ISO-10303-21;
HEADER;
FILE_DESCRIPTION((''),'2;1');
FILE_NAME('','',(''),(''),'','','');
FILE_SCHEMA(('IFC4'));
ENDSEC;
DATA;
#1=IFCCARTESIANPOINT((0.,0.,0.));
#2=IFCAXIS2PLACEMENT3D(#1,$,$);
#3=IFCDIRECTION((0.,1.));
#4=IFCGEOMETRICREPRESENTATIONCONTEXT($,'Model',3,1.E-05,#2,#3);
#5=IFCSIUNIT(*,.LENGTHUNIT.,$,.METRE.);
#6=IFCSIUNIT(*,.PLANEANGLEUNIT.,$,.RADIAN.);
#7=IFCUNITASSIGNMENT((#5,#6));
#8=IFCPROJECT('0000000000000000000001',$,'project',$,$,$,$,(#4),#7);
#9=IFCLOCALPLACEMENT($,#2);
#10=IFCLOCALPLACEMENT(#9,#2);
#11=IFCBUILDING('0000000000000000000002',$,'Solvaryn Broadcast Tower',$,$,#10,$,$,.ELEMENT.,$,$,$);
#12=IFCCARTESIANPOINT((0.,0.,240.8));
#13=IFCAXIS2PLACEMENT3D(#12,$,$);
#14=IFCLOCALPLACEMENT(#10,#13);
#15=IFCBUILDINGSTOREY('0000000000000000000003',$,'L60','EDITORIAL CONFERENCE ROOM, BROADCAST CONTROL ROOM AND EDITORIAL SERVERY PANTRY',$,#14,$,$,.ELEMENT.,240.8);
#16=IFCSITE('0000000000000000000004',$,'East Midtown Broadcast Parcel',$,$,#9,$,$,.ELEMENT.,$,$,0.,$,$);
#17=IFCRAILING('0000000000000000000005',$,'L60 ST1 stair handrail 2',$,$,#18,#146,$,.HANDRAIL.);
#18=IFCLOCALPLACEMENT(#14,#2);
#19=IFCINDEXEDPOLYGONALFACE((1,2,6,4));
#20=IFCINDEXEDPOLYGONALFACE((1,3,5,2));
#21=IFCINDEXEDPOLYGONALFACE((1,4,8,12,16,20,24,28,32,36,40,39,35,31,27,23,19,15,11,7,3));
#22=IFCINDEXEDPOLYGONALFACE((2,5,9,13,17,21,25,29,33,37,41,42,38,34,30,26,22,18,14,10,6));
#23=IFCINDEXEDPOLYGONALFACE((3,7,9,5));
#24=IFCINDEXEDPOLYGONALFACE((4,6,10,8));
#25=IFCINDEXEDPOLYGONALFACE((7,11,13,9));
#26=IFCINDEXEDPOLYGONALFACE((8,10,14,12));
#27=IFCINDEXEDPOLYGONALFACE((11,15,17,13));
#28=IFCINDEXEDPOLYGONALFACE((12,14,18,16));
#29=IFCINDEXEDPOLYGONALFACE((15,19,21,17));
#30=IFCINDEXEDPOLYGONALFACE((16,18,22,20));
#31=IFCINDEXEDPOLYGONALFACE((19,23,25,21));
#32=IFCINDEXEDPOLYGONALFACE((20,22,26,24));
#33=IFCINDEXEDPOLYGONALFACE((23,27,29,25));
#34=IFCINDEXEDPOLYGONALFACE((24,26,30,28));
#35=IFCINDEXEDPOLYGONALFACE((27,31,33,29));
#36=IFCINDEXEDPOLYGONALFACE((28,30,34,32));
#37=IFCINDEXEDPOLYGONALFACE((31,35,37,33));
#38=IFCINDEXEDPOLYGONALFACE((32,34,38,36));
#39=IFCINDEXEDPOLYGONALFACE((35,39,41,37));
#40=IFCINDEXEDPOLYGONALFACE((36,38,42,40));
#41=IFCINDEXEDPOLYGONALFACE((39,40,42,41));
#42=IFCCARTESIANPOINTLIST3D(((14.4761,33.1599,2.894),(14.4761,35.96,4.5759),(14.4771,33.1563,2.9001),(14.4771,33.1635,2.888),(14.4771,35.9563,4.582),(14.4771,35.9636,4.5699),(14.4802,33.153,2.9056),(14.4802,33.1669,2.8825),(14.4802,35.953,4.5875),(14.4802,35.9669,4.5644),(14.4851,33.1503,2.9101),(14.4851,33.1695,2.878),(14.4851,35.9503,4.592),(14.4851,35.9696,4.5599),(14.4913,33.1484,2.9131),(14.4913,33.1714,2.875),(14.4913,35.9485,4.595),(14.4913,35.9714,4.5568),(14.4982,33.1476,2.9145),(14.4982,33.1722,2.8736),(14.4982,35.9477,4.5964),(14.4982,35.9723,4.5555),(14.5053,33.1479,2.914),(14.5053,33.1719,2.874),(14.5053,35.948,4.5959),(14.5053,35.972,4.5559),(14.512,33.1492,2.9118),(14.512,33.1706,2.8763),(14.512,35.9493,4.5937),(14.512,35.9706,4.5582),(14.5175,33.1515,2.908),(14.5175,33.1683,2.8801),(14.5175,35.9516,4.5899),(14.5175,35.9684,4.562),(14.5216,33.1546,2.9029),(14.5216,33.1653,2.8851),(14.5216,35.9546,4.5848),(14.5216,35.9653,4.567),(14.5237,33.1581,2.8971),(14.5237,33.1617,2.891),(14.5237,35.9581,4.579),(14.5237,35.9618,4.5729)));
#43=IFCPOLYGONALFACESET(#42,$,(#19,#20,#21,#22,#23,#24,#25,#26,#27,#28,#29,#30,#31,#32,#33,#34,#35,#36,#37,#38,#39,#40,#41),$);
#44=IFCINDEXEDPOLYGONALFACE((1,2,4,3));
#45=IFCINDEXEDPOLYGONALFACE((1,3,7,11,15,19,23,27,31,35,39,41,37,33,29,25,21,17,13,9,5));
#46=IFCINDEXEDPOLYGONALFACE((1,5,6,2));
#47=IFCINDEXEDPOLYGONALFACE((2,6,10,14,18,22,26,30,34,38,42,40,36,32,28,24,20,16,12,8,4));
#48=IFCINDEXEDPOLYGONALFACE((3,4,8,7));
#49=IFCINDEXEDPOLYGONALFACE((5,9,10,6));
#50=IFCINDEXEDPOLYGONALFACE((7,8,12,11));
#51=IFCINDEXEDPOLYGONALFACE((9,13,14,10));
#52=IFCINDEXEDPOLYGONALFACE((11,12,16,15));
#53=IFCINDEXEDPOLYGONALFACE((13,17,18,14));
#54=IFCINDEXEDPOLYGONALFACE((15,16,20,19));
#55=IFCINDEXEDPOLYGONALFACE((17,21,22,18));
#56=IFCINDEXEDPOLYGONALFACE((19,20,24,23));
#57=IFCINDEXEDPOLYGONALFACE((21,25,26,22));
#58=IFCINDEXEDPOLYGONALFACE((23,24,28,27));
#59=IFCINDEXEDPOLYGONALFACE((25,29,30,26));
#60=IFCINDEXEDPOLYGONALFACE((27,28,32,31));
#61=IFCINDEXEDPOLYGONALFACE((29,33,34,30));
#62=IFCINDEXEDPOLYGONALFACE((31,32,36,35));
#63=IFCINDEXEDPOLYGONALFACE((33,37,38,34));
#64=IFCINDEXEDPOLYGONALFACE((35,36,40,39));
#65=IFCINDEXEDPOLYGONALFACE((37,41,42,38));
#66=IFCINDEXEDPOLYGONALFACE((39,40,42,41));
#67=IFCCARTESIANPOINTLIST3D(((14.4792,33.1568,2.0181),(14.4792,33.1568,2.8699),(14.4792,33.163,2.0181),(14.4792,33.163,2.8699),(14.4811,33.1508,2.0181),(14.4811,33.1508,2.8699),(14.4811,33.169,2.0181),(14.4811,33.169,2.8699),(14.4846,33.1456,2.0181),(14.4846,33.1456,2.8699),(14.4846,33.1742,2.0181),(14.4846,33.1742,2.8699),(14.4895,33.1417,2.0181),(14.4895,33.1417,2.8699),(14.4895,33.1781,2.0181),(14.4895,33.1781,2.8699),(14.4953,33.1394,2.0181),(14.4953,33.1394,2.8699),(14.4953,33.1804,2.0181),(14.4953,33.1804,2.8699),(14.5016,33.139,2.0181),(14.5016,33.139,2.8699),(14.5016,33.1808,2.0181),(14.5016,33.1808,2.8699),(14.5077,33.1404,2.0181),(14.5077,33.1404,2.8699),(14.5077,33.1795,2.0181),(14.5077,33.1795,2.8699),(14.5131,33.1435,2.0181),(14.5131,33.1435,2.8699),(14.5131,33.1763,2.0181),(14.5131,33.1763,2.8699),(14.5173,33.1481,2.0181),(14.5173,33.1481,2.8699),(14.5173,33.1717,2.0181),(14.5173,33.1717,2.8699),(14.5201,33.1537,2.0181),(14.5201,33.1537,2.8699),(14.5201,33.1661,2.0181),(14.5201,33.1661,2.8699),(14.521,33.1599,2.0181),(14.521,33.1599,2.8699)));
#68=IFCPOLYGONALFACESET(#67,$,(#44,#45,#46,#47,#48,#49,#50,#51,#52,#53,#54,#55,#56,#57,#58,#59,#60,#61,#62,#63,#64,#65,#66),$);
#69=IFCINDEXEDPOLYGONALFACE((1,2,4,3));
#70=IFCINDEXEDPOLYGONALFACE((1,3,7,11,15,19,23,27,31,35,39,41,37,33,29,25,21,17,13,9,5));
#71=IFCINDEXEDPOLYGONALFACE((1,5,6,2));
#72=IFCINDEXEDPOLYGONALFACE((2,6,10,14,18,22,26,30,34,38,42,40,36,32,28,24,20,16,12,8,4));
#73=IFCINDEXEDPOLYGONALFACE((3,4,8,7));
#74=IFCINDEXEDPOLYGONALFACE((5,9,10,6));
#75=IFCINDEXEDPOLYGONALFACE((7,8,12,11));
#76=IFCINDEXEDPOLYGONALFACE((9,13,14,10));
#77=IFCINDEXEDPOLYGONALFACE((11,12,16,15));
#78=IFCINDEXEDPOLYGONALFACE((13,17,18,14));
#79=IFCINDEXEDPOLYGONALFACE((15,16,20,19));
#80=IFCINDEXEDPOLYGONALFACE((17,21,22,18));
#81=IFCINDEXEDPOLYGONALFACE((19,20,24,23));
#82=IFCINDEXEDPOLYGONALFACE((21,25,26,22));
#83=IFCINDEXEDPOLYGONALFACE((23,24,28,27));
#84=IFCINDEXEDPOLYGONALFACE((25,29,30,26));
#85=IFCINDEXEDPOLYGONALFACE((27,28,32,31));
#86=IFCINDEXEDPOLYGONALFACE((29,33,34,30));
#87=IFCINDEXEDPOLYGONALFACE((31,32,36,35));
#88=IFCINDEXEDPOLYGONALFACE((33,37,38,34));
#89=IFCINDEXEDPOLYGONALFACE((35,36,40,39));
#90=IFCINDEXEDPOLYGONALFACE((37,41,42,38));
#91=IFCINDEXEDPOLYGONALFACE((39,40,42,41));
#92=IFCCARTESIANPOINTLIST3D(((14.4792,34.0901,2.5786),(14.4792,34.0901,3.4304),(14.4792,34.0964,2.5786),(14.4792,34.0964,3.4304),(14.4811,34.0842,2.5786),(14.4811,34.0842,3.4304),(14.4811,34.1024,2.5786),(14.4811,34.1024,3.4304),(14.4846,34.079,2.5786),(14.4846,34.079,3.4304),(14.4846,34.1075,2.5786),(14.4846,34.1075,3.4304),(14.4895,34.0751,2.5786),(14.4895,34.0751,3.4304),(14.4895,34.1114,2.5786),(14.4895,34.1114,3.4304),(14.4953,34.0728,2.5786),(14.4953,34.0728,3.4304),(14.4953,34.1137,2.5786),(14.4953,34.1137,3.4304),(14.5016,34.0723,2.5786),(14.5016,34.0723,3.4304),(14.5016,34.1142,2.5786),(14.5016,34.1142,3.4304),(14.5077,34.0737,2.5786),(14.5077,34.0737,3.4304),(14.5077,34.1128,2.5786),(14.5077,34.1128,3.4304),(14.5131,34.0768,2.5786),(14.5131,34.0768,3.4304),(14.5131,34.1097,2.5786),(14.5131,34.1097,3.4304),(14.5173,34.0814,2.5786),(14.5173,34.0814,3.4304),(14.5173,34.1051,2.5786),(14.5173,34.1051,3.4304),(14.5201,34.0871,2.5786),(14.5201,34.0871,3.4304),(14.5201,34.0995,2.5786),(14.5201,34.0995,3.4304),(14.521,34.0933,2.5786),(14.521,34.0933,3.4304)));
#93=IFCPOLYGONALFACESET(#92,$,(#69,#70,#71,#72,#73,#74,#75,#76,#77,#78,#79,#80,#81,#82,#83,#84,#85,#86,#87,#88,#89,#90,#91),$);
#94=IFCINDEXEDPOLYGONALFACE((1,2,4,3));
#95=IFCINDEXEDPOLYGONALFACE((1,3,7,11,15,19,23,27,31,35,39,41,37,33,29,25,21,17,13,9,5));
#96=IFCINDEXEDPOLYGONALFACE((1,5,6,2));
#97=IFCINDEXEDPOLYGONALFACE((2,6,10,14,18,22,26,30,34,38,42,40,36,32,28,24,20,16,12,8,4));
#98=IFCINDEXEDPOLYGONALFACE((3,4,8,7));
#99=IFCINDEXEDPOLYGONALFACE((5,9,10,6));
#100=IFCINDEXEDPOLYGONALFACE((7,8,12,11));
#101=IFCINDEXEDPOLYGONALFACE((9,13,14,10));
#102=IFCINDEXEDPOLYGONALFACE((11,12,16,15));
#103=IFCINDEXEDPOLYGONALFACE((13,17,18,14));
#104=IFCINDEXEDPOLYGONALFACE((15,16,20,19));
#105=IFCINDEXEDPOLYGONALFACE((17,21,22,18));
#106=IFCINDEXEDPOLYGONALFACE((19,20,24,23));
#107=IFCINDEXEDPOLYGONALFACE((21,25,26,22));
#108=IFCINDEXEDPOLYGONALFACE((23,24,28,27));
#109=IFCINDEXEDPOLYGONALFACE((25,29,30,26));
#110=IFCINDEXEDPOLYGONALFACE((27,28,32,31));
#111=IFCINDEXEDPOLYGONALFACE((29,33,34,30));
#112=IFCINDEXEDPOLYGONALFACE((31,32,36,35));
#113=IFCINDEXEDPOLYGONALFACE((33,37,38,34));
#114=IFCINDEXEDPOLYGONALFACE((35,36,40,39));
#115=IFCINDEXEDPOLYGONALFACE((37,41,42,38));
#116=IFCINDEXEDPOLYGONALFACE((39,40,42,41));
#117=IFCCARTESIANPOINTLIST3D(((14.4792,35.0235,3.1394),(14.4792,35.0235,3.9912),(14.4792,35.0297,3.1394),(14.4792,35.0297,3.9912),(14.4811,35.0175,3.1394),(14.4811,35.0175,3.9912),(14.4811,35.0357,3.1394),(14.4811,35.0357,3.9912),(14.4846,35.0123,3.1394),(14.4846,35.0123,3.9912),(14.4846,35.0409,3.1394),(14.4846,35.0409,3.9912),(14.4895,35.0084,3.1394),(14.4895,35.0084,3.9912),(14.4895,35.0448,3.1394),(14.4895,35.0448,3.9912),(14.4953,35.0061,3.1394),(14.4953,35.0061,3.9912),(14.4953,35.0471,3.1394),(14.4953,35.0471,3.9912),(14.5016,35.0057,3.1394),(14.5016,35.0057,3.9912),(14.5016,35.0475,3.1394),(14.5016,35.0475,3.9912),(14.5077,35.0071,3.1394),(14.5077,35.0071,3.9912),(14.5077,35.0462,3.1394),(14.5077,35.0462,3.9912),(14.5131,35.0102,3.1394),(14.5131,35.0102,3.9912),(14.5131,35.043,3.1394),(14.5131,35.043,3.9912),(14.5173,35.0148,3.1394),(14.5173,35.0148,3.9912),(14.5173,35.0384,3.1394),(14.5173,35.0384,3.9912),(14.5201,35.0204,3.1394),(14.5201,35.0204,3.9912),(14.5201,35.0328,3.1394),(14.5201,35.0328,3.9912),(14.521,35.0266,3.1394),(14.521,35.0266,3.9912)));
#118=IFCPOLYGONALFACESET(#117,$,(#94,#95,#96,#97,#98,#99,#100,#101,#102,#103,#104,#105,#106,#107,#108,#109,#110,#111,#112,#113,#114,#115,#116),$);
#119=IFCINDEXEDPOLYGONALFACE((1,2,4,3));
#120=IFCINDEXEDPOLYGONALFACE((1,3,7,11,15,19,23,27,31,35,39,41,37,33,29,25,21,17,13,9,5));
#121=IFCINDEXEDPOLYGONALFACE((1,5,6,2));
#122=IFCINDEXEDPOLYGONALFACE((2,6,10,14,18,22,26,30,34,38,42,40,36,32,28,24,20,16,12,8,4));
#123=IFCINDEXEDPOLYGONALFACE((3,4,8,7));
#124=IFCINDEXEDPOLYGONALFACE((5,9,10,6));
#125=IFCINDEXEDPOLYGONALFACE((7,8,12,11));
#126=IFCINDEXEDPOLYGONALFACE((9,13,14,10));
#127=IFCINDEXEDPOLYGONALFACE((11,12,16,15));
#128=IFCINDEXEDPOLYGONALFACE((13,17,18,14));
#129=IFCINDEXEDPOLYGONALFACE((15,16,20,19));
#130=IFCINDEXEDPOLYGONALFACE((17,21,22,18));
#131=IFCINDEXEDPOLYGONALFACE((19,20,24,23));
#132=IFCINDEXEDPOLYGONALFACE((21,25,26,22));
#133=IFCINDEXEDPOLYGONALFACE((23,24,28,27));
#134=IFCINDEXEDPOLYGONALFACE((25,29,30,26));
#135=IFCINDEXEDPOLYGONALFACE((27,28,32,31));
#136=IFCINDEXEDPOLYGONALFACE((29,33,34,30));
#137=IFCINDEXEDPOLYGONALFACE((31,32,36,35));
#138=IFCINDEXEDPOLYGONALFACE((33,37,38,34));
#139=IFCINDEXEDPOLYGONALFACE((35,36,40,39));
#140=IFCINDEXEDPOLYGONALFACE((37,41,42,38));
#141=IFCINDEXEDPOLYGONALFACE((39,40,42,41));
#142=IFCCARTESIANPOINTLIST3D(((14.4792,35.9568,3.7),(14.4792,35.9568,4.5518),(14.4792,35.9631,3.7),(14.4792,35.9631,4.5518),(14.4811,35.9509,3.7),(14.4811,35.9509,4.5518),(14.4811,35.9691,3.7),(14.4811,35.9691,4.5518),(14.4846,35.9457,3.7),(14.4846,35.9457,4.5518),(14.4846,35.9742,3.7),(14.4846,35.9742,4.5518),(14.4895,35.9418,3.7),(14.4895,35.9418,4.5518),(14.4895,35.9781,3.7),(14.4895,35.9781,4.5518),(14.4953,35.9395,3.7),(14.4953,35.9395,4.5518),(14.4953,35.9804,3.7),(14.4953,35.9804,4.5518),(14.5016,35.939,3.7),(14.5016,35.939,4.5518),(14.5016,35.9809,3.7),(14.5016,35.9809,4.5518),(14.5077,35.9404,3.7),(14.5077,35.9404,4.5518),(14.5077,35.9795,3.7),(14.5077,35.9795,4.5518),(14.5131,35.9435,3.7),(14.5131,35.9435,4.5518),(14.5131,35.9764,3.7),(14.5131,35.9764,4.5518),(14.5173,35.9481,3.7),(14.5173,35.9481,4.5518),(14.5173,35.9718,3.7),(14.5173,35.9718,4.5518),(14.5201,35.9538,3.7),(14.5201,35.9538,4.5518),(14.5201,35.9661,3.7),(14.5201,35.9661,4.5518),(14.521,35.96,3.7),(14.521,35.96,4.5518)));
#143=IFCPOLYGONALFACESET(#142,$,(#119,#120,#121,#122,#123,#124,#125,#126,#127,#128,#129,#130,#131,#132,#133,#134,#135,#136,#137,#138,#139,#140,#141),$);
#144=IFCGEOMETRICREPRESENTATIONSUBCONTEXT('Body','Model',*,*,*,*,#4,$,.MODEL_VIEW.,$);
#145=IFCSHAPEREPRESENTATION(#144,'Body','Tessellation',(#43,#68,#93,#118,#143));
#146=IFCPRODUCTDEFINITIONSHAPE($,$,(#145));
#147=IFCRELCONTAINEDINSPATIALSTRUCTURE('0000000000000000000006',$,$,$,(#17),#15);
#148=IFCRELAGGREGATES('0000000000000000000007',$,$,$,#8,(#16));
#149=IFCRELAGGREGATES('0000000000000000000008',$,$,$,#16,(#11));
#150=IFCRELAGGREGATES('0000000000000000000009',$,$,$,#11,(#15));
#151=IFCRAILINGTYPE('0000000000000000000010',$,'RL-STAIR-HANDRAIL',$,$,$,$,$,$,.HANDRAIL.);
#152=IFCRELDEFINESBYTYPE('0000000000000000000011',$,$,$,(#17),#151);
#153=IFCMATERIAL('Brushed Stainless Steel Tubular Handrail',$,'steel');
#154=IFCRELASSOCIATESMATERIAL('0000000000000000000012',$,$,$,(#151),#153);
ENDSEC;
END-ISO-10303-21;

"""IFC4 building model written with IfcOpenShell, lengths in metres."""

from ifc_helpers import new_model, si_unit, direction, frame, origin, origin_2d, place, context, subcontext, project, spatial, circle, extrude, material, type_object, element, save


model = new_model("IFC4")

# Units and contexts
model_context = context("Model", 3, precision=1e-05, world=origin(), true_north=direction((0.0, 1.0)))
body_context = subcontext(model_context, "Body", "Model", "MODEL_VIEW")
ifc_project = project(units=[si_unit("LENGTHUNIT", "METRE"), si_unit("PLANEANGLEUNIT", "RADIAN")], contexts=[model_context])

# Site, building, storey
site_placement = place(None, origin())
site = spatial("IfcSite", under=ifc_project, at=site_placement, Name="East Midtown Broadcast Parcel", CompositionType="ELEMENT", RefElevation=0.0)
building_placement = place(site_placement, origin())
building = spatial("IfcBuilding", under=site, at=building_placement, Name="Solvaryn Broadcast Tower", CompositionType="ELEMENT")
storey_placement = place(building_placement, frame((0.0, 0.0, 240.8)))
storey = spatial("IfcBuildingStorey", under=building, at=storey_placement, Name="L60", Description="EDITORIAL CONFERENCE ROOM, BROADCAST CONTROL ROOM AND EDITORIAL SERVERY PANTRY", CompositionType="ELEMENT", Elevation=240.8)

# Railing
ifc_material_1 = material(Name="Brushed Stainless Steel Tubular Handrail", Category="steel")
railing_type_1 = type_object("IfcRailingType", Name="RL-STAIR-HANDRAIL", PredefinedType="HANDRAIL", material=ifc_material_1)
railing_1_placement = place(storey_placement, frame((14.5, 33.1599, 2.0181)))
element("IfcRailing", 1, at=railing_1_placement, inside=storey, type_object=railing_type_1, Name="L60 ST1 stair handrail 2", PredefinedType="HANDRAIL", context=body_context, shape_type="SweptSolid", body=[
    extrude(circle(Radius=0.0239, at=origin_2d()), frame((0.0, 0.0, 0.876), z_axis=(0.0, 0.857242, 0.514913), x_axis=(-1.0, 0.0, 0.0)), (0.0, 0.0, 1.0), 3.2664),
    extrude(circle(Radius=0.021, at=origin_2d()), origin(), (0.0, 0.0, 1.0), 0.8518),
    extrude(circle(Radius=0.021, at=origin_2d()), frame((0.0, 0.9333, 0.5605)), (0.0, 0.0, 1.0), 0.8518),
    extrude(circle(Radius=0.021, at=origin_2d()), frame((0.0, 1.8667, 1.1213)), (0.0, 0.0, 1.0), 0.8518),
    extrude(circle(Radius=0.021, at=origin_2d()), frame((0.0, 2.8, 1.6819)), (0.0, 0.0, 1.0), 0.8518),
])

save(model, "model.ifc")
